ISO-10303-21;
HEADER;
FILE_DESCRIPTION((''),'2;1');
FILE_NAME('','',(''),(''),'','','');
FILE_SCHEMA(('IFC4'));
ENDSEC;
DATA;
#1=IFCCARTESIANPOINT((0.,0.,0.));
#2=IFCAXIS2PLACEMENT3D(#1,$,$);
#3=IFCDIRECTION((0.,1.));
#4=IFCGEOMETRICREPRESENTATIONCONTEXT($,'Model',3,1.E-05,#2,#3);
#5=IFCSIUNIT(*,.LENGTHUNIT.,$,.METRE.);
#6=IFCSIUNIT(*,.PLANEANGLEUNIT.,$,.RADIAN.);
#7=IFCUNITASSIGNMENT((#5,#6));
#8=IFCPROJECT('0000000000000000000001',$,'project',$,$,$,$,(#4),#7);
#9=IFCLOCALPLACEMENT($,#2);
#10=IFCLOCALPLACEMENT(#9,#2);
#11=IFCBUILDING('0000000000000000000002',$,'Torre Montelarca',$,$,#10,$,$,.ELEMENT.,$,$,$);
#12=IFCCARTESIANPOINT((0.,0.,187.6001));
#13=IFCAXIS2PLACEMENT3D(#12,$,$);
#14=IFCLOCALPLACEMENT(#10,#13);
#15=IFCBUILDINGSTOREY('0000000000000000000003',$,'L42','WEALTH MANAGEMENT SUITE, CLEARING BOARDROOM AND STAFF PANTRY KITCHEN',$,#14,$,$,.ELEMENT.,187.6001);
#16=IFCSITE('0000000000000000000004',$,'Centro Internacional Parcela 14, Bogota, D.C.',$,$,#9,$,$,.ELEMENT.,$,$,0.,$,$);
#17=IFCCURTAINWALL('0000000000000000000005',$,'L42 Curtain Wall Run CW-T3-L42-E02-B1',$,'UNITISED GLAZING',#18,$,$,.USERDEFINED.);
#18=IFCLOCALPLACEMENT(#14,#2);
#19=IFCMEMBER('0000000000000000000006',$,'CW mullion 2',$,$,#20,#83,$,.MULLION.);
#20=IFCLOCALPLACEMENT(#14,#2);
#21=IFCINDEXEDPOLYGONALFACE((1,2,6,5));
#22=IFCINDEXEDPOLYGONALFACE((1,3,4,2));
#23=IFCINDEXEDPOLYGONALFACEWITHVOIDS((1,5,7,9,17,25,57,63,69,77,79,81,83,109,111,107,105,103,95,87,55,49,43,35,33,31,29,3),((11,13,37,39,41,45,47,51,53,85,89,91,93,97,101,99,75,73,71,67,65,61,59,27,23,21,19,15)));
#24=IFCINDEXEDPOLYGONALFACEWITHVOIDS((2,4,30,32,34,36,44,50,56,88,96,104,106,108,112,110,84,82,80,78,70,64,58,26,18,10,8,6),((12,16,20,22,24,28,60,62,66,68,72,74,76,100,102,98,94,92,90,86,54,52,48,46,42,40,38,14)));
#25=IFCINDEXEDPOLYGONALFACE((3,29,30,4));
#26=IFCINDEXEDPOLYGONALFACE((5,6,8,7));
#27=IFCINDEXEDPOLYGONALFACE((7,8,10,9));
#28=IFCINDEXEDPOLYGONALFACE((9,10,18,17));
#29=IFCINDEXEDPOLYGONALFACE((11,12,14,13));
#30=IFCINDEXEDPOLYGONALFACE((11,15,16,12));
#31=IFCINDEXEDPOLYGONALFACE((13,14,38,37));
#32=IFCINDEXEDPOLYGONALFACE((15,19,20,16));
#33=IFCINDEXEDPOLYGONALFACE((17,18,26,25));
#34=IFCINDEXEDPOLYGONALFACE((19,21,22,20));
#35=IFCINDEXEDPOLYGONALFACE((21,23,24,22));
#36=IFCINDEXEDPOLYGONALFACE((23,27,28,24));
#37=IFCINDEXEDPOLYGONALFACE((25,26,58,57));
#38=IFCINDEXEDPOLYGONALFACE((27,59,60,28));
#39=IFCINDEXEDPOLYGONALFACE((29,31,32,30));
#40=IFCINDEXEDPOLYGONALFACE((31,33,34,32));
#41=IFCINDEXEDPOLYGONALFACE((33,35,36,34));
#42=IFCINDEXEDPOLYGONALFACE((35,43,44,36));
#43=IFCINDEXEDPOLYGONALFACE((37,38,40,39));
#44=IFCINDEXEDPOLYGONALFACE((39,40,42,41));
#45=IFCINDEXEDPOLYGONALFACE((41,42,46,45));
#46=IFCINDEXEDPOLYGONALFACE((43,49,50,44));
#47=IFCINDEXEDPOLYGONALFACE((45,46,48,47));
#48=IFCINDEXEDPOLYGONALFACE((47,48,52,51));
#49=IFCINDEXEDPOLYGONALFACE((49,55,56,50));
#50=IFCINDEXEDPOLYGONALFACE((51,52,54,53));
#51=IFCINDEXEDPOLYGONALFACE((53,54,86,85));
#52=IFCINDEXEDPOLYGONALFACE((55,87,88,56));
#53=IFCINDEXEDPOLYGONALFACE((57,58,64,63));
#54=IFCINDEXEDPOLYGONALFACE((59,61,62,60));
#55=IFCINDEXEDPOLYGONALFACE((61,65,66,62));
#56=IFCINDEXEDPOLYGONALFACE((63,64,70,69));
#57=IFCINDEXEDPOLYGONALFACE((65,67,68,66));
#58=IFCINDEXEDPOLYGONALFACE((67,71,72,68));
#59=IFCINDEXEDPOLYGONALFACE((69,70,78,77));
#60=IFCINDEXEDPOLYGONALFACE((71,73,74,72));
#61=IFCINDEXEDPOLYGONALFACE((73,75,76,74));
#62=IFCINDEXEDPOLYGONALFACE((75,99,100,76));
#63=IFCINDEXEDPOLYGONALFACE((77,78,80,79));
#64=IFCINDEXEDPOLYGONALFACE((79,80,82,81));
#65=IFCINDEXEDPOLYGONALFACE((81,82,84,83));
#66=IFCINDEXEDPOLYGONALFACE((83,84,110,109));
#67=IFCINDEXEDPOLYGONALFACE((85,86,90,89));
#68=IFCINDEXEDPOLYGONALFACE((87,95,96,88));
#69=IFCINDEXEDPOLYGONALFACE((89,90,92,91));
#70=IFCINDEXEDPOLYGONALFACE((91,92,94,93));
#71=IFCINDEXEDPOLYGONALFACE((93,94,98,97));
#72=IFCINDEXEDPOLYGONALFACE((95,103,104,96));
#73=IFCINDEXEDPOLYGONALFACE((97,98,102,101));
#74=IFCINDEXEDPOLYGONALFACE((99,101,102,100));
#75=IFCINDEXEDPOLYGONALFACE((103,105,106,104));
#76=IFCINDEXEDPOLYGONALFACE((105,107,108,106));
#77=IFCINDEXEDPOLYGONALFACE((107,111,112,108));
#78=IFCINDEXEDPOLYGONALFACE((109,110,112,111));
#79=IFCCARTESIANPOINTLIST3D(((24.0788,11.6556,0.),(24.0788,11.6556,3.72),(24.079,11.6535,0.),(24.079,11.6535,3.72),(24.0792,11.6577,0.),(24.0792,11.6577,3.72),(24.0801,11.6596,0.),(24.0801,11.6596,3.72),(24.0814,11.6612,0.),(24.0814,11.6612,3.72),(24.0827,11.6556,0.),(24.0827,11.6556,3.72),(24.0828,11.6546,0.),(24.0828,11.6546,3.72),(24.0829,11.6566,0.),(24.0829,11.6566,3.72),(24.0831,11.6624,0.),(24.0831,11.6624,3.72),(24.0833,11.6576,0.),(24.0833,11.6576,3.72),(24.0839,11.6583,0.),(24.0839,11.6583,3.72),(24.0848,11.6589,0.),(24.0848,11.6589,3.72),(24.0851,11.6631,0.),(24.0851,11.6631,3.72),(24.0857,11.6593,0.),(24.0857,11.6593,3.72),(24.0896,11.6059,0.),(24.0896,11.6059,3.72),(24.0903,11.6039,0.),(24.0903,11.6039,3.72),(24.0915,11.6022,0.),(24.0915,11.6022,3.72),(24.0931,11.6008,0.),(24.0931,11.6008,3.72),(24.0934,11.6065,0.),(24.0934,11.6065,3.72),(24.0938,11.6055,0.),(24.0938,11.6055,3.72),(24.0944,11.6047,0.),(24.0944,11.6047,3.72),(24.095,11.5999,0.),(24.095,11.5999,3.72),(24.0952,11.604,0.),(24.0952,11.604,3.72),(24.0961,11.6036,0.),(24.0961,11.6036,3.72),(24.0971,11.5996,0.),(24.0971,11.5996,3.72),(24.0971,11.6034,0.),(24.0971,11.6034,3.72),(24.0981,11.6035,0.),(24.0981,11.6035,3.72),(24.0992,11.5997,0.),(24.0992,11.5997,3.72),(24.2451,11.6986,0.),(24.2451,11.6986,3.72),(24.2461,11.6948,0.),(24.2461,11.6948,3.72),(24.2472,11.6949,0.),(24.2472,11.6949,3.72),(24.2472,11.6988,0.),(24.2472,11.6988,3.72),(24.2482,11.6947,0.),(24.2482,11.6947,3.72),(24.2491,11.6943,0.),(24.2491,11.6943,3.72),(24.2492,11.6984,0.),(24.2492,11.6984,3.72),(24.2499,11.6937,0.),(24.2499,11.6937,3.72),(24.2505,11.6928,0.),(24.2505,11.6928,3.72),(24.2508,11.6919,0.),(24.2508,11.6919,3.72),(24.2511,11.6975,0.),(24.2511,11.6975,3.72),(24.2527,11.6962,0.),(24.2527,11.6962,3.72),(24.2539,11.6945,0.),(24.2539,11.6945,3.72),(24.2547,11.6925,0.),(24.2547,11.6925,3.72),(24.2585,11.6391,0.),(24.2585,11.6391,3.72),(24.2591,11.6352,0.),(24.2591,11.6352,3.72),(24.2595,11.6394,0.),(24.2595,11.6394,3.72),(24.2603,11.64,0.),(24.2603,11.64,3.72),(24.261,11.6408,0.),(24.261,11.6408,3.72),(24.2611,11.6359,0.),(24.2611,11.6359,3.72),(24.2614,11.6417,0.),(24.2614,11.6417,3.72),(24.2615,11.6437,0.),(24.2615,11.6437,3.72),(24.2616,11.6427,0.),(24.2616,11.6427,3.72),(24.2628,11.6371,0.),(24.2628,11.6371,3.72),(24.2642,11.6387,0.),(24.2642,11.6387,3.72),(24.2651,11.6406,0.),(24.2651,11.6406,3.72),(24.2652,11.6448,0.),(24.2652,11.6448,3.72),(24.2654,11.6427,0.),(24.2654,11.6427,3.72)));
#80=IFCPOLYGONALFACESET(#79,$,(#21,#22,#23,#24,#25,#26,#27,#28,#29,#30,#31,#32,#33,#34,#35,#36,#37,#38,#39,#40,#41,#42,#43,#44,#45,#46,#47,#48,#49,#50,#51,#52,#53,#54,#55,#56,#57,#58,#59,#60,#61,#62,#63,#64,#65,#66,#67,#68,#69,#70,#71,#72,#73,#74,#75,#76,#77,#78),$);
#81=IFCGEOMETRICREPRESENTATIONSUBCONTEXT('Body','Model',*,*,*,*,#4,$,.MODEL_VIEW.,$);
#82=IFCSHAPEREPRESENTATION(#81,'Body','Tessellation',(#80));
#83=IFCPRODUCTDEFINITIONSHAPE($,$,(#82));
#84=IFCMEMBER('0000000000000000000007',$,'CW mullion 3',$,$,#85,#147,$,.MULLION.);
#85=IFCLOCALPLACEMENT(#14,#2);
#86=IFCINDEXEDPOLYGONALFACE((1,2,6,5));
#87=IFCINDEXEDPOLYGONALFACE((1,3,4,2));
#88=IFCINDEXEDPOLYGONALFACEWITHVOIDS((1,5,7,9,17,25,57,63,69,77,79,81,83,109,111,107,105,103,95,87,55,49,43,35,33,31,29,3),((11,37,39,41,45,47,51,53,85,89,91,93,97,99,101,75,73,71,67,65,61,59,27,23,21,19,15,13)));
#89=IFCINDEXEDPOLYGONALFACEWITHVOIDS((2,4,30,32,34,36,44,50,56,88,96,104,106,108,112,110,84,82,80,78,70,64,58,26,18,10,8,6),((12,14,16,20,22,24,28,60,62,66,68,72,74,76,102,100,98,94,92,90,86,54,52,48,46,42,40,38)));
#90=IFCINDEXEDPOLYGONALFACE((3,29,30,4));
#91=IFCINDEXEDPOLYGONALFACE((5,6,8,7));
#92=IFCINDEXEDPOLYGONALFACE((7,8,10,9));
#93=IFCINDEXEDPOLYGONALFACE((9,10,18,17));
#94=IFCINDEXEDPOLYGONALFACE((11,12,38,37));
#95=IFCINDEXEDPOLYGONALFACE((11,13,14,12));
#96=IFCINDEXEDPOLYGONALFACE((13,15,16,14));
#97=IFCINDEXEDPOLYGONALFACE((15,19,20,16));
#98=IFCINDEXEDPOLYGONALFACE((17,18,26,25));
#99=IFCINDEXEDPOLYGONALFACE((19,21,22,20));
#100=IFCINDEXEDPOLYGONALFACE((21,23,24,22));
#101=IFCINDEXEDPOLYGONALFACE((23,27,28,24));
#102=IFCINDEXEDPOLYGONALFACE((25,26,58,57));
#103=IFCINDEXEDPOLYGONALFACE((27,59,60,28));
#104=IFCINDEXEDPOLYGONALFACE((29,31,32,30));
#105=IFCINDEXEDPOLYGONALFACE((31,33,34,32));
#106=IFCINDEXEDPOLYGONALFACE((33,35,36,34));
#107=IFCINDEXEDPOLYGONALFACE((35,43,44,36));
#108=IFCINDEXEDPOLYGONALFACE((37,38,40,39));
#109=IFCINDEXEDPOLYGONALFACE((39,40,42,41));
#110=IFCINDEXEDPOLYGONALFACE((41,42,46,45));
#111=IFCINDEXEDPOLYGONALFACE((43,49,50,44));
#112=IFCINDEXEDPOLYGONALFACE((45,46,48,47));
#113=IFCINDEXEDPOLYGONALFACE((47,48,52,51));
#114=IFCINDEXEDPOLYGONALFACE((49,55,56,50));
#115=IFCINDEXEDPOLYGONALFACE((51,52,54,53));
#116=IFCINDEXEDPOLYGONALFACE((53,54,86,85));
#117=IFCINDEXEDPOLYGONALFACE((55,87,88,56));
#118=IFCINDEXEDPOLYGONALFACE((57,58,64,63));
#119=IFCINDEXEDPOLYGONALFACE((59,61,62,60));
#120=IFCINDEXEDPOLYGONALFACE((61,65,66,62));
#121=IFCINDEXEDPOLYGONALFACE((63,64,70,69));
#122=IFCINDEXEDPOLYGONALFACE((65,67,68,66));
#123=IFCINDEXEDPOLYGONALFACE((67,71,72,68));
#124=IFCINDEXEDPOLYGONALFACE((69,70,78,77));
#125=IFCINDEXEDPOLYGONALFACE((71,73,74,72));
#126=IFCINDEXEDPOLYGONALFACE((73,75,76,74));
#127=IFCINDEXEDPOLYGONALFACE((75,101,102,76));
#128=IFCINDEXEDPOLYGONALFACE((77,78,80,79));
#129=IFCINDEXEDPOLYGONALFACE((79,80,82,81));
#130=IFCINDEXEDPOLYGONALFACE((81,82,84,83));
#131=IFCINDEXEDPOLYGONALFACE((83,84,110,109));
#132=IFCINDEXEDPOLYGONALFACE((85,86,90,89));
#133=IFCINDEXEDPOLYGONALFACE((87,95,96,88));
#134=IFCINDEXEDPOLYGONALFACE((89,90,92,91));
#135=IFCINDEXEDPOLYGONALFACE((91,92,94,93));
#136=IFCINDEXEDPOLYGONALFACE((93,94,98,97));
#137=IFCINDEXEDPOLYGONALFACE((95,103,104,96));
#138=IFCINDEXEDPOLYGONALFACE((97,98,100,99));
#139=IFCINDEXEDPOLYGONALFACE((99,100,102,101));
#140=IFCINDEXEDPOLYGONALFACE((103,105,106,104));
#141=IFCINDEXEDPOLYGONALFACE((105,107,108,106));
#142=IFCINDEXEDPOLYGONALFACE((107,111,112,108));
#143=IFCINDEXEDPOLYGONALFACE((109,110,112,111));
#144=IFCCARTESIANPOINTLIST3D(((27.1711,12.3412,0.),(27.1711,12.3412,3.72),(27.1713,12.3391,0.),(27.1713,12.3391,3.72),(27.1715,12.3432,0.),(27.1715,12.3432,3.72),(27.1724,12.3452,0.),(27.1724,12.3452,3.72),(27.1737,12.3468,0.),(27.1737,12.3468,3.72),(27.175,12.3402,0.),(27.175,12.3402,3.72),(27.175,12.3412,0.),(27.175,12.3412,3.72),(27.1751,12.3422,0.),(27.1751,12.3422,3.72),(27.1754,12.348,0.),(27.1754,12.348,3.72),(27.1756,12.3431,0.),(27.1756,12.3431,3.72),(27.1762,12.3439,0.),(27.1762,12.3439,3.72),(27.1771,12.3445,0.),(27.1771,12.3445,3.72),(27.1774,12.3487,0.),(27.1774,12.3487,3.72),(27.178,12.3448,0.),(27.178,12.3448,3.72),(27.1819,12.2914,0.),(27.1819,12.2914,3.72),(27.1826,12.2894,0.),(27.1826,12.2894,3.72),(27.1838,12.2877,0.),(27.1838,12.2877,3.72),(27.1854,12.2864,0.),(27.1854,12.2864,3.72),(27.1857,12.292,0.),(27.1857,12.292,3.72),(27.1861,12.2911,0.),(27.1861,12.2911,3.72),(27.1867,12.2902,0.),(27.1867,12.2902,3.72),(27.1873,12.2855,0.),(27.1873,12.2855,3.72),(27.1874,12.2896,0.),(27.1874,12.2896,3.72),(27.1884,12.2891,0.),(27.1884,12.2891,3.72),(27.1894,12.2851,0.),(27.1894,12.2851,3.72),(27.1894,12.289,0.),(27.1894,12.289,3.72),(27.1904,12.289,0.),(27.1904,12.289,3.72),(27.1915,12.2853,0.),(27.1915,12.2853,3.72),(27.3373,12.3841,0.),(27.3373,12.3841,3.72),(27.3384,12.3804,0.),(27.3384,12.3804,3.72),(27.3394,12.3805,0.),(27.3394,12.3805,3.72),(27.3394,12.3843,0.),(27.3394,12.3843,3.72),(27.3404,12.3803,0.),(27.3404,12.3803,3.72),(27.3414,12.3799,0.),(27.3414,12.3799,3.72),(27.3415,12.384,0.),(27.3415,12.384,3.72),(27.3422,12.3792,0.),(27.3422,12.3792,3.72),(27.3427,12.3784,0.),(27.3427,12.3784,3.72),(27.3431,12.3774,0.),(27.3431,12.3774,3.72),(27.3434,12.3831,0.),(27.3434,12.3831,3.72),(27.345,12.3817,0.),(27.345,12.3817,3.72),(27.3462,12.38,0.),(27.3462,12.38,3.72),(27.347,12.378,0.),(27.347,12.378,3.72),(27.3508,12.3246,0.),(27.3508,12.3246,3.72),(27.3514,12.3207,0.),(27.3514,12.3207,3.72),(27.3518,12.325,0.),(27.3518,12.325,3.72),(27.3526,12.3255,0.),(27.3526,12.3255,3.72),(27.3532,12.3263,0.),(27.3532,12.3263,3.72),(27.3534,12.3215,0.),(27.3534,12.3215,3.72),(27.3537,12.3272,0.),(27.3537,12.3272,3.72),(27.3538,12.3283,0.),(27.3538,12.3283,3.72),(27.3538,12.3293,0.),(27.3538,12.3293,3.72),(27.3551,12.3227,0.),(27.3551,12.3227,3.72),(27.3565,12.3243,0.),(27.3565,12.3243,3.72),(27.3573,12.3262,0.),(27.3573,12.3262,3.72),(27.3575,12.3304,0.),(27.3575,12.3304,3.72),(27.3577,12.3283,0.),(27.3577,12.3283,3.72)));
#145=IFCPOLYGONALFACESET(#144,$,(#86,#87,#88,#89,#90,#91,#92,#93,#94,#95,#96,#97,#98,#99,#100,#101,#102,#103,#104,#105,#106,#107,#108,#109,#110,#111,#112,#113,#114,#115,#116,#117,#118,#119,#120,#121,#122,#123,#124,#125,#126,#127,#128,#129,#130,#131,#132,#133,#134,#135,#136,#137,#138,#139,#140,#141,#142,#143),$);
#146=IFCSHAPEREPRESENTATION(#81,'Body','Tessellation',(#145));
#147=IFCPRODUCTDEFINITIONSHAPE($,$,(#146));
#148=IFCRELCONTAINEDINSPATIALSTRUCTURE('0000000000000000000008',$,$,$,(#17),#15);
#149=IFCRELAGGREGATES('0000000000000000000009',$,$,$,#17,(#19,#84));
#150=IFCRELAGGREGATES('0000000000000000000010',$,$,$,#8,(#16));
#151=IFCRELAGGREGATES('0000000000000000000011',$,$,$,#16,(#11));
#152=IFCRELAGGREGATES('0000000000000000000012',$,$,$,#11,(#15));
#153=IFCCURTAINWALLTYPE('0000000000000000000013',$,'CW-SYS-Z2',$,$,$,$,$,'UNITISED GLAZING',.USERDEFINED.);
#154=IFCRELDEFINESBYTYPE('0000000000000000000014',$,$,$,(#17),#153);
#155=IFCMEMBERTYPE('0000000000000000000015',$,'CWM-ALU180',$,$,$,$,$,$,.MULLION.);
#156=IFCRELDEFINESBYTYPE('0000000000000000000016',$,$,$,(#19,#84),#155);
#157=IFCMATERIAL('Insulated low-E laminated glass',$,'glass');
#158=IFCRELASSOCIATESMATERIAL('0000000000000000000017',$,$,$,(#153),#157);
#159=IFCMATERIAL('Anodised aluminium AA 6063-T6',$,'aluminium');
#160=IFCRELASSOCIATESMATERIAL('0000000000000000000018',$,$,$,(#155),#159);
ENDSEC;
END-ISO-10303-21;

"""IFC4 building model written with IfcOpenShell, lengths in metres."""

from ifc_helpers import new_model, si_unit, direction, frame, origin, origin_2d, place, context, subcontext, project, spatial, hollow_rectangle, extrude, source, transform, mapped, material, material_profile, profile_set, type_object, element, aggregate, save


model = new_model("IFC4")

# Units and contexts
model_context = context("Model", 3, precision=1e-05, world=origin(), true_north=direction((0.0, 1.0)))
body_context = subcontext(model_context, "Body", "Model", "MODEL_VIEW")
ifc_project = project(units=[si_unit("LENGTHUNIT", "METRE"), si_unit("PLANEANGLEUNIT", "RADIAN")], contexts=[model_context])

# Site, building, storey
site_placement = place(None, origin())
site = spatial("IfcSite", under=ifc_project, at=site_placement, Name="Centro Internacional Parcela 14, Bogota, D.C.", CompositionType="ELEMENT", RefElevation=0.0)
building_placement = place(site_placement, origin())
building = spatial("IfcBuilding", under=site, at=building_placement, Name="Torre Montelarca", CompositionType="ELEMENT")
storey_placement = place(building_placement, frame((0.0, 0.0, 187.6001)))
storey = spatial("IfcBuildingStorey", under=building, at=storey_placement, Name="L42", Description="WEALTH MANAGEMENT SUITE, CLEARING BOARDROOM AND STAFF PANTRY KITCHEN", CompositionType="ELEMENT", Elevation=187.6001)

# Curtain wall, members
ifc_material_1 = material(Name="Insulated low-E laminated glass", Category="glass")
curtain_wall_type = type_object("IfcCurtainWallType", Name="CW-SYS-Z2", ElementType="UNITISED GLAZING", PredefinedType="USERDEFINED", material=ifc_material_1)
curtain_wall_1_placement = place(storey_placement, origin())
curtain_wall_1 = element("IfcCurtainWall", 1, at=curtain_wall_1_placement, inside=storey, type_object=curtain_wall_type, Name="L42 Curtain Wall Run CW-T3-L42-E02-B1", ObjectType="UNITISED GLAZING", PredefinedType="USERDEFINED")
ifc_material_2 = material(Name="Anodised aluminium AA 6063-T6", Category="aluminium")
ifc_material_profile_1 = material_profile(ifc_material_2, hollow_rectangle(XDim=0.0649, YDim=0.1799, WallThickness=0.0039, InnerFilletRadius=0.0039, OuterFilletRadius=0.0081, at=origin_2d()), Name="ALU65X180X4", Category="aluminium")
ifc_profile_set_1 = profile_set([ifc_material_profile_1], Name="Anodised aluminium AA 6063-T6")
member_type_1 = type_object("IfcMemberType", Name="CWM-ALU180", PredefinedType="MULLION", material=ifc_profile_set_1)
shared_shape_1 = source(origin(), body_context, "Body", "SweptSolid", [
    extrude(hollow_rectangle(XDim=0.0649, YDim=0.1799, WallThickness=0.0039, InnerFilletRadius=0.0039, OuterFilletRadius=0.0081, at=origin_2d()), origin(), (0.0, 0.0, 1.0), 3.72),
])
member_1_placement = place(storey_placement, frame((24.1721, 11.6492, 0.0), z_axis=(0.0, 0.0, 1.0), x_axis=(-0.216434, 0.976297, 0.0)))
member_1 = element("IfcMember", 2, at=member_1_placement, type_object=member_type_1, Name="CW mullion 2", PredefinedType="MULLION", context=body_context, shape_type="MappedRepresentation", body=[
    mapped(shared_shape_1, transform((0.0, 0.0, 0.0), scale=1.0)),
])
member_2_placement = place(storey_placement, frame((27.2644, 12.3347, 0.0), z_axis=(0.0, 0.0, 1.0), x_axis=(-0.216434, 0.976297, 0.0)))
member_2 = element("IfcMember", 3, at=member_2_placement, type_object=member_type_1, Name="CW mullion 3", PredefinedType="MULLION", context=body_context, shape_type="MappedRepresentation", body=[
    mapped(shared_shape_1, transform((0.0, 0.0, 0.0), scale=1.0)),
])

aggregate(curtain_wall_1, [member_1, member_2])

save(model, "model.ifc")
